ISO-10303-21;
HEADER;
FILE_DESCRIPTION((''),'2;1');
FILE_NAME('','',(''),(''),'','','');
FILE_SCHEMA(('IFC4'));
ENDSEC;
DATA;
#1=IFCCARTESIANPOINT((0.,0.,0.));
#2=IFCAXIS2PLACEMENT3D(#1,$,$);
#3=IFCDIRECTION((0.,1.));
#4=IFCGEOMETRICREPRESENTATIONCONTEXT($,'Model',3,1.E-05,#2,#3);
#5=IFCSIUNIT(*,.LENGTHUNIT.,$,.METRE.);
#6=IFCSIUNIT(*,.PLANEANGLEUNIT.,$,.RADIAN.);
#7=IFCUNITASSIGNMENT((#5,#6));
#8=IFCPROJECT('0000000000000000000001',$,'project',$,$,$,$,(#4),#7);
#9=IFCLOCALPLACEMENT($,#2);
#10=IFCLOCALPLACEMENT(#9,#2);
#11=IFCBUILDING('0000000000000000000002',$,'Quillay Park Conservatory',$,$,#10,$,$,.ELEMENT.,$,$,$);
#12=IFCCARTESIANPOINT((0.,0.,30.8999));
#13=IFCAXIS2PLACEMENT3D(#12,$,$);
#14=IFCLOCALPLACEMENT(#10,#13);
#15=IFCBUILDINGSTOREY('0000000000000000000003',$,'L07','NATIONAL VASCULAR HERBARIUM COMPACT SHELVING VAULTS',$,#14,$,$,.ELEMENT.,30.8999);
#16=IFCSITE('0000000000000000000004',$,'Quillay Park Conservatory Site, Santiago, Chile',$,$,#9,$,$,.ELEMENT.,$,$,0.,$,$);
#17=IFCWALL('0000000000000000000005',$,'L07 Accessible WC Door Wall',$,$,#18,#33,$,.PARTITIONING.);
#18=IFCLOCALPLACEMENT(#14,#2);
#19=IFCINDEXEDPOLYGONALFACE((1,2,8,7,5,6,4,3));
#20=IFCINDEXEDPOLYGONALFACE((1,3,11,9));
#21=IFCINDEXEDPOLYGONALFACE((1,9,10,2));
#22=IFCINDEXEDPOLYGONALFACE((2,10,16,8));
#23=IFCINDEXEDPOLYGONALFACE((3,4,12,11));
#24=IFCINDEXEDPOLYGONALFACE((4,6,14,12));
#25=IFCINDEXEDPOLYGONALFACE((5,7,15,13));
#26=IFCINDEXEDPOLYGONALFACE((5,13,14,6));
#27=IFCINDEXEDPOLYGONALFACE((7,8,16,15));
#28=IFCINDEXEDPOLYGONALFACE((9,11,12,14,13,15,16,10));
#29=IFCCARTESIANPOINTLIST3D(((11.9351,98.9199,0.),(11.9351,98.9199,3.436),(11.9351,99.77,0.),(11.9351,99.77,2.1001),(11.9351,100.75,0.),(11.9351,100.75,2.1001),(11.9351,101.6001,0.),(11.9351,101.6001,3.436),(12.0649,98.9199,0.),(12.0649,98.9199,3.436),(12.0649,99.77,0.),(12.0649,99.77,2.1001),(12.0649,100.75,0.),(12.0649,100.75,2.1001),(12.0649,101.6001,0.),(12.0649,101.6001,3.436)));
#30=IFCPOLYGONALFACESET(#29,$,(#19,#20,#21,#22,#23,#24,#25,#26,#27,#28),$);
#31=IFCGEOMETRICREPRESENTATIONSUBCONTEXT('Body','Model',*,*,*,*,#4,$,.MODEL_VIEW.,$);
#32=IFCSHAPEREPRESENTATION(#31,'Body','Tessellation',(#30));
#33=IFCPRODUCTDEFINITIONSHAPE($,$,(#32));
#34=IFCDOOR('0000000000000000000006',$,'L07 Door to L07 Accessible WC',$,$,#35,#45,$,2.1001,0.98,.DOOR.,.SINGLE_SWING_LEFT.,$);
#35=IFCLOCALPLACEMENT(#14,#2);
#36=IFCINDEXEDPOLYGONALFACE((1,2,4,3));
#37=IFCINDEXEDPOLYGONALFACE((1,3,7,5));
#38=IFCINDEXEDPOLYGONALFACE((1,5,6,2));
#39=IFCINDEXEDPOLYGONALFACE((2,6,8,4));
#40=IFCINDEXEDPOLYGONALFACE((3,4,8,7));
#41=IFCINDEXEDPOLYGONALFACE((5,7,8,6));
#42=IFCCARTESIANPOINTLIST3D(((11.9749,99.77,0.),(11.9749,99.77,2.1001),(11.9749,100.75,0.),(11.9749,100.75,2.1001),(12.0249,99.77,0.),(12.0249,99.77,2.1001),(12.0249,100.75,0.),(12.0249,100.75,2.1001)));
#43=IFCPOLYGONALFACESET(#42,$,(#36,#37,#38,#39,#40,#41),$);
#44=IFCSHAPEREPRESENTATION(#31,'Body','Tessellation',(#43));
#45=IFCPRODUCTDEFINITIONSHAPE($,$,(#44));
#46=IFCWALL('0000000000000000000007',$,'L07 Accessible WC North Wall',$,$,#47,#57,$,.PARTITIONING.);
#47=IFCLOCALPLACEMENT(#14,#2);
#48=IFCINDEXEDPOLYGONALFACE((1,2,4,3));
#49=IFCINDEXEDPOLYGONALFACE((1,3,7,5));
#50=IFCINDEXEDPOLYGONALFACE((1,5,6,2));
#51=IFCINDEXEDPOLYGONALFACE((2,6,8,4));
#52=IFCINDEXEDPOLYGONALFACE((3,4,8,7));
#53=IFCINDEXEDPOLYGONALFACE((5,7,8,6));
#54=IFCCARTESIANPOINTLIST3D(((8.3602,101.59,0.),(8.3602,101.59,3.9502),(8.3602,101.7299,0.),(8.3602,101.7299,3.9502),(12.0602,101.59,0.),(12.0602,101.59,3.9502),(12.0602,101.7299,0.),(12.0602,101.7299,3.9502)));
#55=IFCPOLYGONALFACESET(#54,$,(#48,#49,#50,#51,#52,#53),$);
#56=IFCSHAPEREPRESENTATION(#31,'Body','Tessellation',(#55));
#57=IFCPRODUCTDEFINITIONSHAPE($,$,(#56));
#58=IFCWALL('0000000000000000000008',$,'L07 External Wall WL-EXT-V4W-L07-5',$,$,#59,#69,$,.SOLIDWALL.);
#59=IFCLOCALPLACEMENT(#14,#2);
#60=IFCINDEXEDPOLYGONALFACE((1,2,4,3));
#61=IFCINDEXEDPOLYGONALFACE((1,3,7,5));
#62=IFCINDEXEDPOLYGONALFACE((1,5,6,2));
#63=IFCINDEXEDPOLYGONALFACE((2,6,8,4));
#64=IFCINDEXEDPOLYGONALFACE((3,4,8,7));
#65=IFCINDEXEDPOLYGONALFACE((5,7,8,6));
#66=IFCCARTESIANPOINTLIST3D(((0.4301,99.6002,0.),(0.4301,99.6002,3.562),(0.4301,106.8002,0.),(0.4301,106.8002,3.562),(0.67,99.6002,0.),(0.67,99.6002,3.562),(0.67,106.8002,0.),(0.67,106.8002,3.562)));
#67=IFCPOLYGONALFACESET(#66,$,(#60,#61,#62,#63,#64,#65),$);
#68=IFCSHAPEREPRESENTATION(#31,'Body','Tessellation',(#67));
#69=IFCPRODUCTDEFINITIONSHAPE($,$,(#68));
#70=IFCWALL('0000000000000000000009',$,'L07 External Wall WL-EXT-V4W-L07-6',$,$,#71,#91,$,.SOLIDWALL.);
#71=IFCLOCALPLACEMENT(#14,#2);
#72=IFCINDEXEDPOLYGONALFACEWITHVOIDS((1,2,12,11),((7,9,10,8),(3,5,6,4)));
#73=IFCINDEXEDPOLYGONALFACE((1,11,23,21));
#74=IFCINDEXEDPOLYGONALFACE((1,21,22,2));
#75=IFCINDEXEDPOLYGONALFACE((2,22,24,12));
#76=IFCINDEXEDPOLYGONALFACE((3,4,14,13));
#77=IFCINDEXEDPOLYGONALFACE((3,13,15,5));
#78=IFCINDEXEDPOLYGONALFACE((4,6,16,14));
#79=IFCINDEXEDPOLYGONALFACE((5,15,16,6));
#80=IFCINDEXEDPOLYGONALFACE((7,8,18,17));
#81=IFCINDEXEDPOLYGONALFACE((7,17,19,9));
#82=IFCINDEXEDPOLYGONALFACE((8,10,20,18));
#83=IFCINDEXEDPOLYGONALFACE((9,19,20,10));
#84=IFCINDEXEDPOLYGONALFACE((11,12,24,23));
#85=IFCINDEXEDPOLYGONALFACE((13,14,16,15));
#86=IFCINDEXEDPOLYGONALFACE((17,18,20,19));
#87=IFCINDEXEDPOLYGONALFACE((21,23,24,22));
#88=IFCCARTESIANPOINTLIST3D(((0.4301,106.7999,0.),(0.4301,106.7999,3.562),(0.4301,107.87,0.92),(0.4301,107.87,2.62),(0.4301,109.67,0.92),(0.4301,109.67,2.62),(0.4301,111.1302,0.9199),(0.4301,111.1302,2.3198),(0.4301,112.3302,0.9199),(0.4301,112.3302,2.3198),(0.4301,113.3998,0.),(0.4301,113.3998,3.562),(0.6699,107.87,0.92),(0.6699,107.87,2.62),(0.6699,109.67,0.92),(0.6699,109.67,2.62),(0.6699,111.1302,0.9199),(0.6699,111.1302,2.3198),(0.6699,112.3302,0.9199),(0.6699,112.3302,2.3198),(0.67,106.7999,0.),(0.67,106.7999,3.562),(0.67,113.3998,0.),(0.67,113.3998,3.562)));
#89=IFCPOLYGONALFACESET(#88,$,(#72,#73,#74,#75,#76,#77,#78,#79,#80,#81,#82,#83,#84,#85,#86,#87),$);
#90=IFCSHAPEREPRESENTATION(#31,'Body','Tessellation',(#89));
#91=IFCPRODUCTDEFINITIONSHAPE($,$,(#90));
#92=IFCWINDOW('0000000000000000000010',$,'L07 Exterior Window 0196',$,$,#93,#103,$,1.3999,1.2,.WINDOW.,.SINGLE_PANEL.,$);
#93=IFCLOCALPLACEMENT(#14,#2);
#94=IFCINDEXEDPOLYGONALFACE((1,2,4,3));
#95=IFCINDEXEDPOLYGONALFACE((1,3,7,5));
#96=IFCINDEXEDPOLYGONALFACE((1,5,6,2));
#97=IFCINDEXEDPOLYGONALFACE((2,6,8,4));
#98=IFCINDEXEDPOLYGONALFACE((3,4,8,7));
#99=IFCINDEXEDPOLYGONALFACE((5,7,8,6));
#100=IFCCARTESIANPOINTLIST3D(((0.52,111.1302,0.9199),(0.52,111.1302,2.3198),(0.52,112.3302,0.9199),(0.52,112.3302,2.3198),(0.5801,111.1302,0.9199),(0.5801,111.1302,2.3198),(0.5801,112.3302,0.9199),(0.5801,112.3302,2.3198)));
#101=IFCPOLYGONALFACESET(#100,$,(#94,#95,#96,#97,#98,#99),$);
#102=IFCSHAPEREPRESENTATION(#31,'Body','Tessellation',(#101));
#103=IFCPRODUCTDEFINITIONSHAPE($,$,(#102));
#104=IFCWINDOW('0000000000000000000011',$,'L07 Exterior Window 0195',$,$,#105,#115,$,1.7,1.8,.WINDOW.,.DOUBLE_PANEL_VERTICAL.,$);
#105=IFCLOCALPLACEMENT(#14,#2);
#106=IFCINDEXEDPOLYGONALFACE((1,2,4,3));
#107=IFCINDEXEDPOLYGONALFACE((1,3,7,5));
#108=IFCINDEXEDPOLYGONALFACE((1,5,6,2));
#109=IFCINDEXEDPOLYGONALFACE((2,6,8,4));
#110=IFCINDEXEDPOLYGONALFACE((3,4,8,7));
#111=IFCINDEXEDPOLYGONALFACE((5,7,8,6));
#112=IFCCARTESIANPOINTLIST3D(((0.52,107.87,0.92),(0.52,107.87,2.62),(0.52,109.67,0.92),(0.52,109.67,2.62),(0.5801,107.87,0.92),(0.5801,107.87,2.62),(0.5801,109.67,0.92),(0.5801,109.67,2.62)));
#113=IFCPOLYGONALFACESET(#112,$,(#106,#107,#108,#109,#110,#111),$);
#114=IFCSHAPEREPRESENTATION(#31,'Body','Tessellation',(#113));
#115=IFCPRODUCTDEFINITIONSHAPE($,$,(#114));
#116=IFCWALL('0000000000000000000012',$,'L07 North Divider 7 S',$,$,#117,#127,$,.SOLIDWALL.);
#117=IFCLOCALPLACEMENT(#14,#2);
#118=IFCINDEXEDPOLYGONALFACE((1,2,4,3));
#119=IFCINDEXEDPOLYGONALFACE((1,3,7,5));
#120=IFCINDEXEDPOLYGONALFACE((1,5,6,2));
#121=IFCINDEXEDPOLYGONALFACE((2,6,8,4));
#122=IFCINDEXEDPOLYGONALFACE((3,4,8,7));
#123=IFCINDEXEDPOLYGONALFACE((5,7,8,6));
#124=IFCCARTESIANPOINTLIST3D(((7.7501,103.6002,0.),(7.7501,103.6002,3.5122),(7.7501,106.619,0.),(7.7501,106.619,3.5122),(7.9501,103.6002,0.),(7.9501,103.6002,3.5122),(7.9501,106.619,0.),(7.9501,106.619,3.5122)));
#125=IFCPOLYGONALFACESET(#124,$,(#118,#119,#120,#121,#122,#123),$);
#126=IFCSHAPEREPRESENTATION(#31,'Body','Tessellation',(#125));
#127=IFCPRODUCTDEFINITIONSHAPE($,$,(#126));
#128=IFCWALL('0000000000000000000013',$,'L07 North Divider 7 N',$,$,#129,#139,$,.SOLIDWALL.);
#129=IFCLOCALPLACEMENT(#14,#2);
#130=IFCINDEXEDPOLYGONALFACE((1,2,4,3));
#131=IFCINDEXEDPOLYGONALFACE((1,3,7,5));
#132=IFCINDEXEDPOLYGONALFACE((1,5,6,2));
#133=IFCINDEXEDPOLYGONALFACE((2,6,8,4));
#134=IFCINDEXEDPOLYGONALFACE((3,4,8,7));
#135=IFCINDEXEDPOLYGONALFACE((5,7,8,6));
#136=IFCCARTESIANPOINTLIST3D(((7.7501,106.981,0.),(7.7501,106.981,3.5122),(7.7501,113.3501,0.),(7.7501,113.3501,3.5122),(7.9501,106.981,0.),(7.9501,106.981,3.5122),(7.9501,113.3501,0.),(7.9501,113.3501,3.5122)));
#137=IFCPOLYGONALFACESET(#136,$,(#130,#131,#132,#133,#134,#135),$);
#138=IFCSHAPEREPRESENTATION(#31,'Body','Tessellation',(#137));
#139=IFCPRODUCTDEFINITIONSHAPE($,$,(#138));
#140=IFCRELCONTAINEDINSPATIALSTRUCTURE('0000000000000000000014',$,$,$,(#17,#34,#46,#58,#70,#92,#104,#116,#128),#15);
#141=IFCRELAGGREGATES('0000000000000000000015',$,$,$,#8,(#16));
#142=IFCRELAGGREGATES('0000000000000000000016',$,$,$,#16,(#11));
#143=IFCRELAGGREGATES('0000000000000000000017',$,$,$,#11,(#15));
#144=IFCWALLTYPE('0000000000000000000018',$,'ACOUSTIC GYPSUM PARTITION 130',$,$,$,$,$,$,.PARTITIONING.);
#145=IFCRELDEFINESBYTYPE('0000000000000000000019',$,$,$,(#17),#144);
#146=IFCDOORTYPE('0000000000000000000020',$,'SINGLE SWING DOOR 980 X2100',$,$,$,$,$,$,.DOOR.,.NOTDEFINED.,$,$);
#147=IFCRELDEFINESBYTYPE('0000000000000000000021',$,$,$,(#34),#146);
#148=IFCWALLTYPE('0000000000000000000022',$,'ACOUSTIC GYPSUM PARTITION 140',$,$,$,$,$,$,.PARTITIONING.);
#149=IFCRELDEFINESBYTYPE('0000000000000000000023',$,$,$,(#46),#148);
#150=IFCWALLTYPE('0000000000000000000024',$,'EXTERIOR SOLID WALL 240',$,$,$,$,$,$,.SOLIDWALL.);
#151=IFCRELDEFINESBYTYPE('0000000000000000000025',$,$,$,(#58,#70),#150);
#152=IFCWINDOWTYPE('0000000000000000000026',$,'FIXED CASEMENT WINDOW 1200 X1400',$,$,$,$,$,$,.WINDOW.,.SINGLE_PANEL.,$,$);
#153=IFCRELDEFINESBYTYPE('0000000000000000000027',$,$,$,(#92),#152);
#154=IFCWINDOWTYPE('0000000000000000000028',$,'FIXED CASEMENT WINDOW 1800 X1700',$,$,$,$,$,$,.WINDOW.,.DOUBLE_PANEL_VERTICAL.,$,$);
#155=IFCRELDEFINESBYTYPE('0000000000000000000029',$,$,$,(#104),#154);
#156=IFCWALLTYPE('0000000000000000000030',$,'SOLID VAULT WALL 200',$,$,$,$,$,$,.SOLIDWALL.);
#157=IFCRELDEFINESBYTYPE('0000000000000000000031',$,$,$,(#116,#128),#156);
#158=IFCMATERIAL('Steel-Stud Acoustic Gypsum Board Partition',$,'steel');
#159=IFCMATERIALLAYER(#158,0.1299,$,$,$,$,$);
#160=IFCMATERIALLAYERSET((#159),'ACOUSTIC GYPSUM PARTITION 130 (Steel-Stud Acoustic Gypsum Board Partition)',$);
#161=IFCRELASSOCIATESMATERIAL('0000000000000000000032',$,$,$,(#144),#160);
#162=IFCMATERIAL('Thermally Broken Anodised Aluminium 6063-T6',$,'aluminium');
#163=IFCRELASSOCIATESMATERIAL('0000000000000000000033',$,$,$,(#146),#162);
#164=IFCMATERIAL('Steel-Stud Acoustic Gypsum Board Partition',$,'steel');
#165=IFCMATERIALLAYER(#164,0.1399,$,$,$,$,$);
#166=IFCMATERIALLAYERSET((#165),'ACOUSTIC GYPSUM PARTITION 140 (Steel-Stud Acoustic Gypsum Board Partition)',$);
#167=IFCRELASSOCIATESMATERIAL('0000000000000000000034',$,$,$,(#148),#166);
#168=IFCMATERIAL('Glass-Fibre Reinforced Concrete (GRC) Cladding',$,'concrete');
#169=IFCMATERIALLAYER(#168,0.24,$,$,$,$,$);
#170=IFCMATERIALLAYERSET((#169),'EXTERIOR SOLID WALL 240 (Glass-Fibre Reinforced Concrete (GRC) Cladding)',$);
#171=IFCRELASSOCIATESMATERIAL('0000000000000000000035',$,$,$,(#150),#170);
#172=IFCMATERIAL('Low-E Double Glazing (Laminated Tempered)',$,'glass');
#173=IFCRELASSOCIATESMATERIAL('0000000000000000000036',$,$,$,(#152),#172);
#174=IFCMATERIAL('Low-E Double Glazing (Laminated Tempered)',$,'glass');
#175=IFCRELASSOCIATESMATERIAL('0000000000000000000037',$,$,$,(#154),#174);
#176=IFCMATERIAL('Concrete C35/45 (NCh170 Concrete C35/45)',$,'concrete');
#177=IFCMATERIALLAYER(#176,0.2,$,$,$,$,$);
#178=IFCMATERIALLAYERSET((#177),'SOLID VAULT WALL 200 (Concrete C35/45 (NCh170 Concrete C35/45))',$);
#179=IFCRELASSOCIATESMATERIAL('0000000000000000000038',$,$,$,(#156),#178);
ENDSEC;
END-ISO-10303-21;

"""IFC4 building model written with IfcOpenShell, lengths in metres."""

from ifc_helpers import new_model, si_unit, direction, frame, frame_2d, origin, place, context, subcontext, project, spatial, rectangle, extrude, material, layer, layer_set, type_object, element, fill, save


model = new_model("IFC4")

# Units and contexts
model_context = context("Model", 3, precision=1e-05, world=origin(), true_north=direction((0.0, 1.0)))
body_context = subcontext(model_context, "Body", "Model", "MODEL_VIEW")
ifc_project = project(units=[si_unit("LENGTHUNIT", "METRE"), si_unit("PLANEANGLEUNIT", "RADIAN")], contexts=[model_context])

# Site, building, storey
site_placement = place(None, origin())
site = spatial("IfcSite", under=ifc_project, at=site_placement, Name="Quillay Park Conservatory Site, Santiago, Chile", CompositionType="ELEMENT", RefElevation=0.0)
building_placement = place(site_placement, origin())
building = spatial("IfcBuilding", under=site, at=building_placement, Name="Quillay Park Conservatory", CompositionType="ELEMENT")
storey_placement = place(building_placement, frame((0.0, 0.0, 30.8999)))
storey = spatial("IfcBuildingStorey", under=building, at=storey_placement, Name="L07", Description="NATIONAL VASCULAR HERBARIUM COMPACT SHELVING VAULTS", CompositionType="ELEMENT", Elevation=30.8999)

# Wall, opening, door
ifc_material_1 = material(Name="Steel-Stud Acoustic Gypsum Board Partition", Category="steel")
ifc_layer_1 = layer(ifc_material_1, 0.1299)
ifc_layer_set_1 = layer_set([ifc_layer_1], Name="ACOUSTIC GYPSUM PARTITION 130 (Steel-Stud Acoustic Gypsum Board Partition)")
wall_type_1 = type_object("IfcWallType", Name="ACOUSTIC GYPSUM PARTITION 130", PredefinedType="PARTITIONING", material=ifc_layer_set_1)
wall_1_placement = place(storey_placement, frame((12.0, 101.6001, 0.0), z_axis=(0.0, 0.0, 1.0), x_axis=(0.0, -1.0, 0.0)))
wall_1 = element("IfcWall", 1, at=wall_1_placement, inside=storey, type_object=wall_type_1, Name="L07 Accessible WC Door Wall", PredefinedType="PARTITIONING", context=body_context, shape_type="SweptSolid", body=[
    extrude(rectangle(XDim=2.6802, YDim=0.1299, at=frame_2d((1.3401, 0.0))), origin(), (0.0, 0.0, 1.0), 3.436),
])
opening_1_placement = place(wall_1_placement, frame((0.8501, 0.0, 0.0)))
opening_1 = element("IfcOpeningElement", 2, at=opening_1_placement, cuts=wall_1, PredefinedType="OPENING", context=body_context, shape_type="SweptSolid", body=[
    extrude(rectangle(XDim=0.98, YDim=2.1001, at=frame_2d((0.49, 1.05))), frame((0.0, 0.0649, 0.0), z_axis=(0.0, -1.0, 0.0), x_axis=(1.0, 0.0, 0.0)), (0.0, 0.0, 1.0), 0.1299),
])
ifc_material_2 = material(Name="Thermally Broken Anodised Aluminium 6063-T6", Category="aluminium")
door_type_1 = type_object("IfcDoorType", Name="SINGLE SWING DOOR 980 X2100", OperationType="NOTDEFINED", PredefinedType="DOOR", material=ifc_material_2)
door_1_placement = place(opening_1_placement, origin())
door_1 = element("IfcDoor", 3, at=door_1_placement, inside=storey, type_object=door_type_1, Name="L07 Door to L07 Accessible WC", OperationType="SINGLE_SWING_LEFT", OverallHeight=2.1001, OverallWidth=0.98, PredefinedType="DOOR", context=body_context, shape_type="SweptSolid", body=[
    extrude(rectangle(XDim=0.98, YDim=2.1001, at=frame_2d((0.49, 1.05))), frame((0.0, 0.0249, 0.0), z_axis=(0.0, -1.0, 0.0), x_axis=(1.0, 0.0, 0.0)), (0.0, 0.0, 1.0), 0.05),
])
fill(opening_1, door_1)

# Walls
ifc_material_3 = material(Name="Steel-Stud Acoustic Gypsum Board Partition", Category="steel")
ifc_layer_2 = layer(ifc_material_3, 0.1399)
ifc_layer_set_2 = layer_set([ifc_layer_2], Name="ACOUSTIC GYPSUM PARTITION 140 (Steel-Stud Acoustic Gypsum Board Partition)")
wall_type_2 = type_object("IfcWallType", Name="ACOUSTIC GYPSUM PARTITION 140", PredefinedType="PARTITIONING", material=ifc_layer_set_2)
wall_2_placement = place(storey_placement, frame((8.3601, 101.6599, 0.0), z_axis=(0.0, 0.0, 1.0), x_axis=(1.0, 0.0, 0.0)))
element("IfcWall", 4, at=wall_2_placement, inside=storey, type_object=wall_type_2, Name="L07 Accessible WC North Wall", PredefinedType="PARTITIONING", context=body_context, shape_type="SweptSolid", body=[
    extrude(rectangle(XDim=3.7, YDim=0.1399, at=frame_2d((1.8501, 0.0))), origin(), (0.0, 0.0, 1.0), 3.9502),
])
ifc_material_4 = material(Name="Glass-Fibre Reinforced Concrete (GRC) Cladding", Category="concrete")
ifc_layer_3 = layer(ifc_material_4, 0.24)
ifc_layer_set_3 = layer_set([ifc_layer_3], Name="EXTERIOR SOLID WALL 240 (Glass-Fibre Reinforced Concrete (GRC) Cladding)")
wall_type_3 = type_object("IfcWallType", Name="EXTERIOR SOLID WALL 240", PredefinedType="SOLIDWALL", material=ifc_layer_set_3)
wall_3_placement = place(storey_placement, frame((0.55, 99.6001, 0.0), z_axis=(0.0, 0.0, 1.0), x_axis=(0.0, 1.0, 0.0)))
element("IfcWall", 5, at=wall_3_placement, inside=storey, type_object=wall_type_3, Name="L07 External Wall WL-EXT-V4W-L07-5", PredefinedType="SOLIDWALL", context=body_context, shape_type="SweptSolid", body=[
    extrude(rectangle(XDim=7.2, YDim=0.24, at=frame_2d((3.6001, 0.0))), origin(), (0.0, 0.0, 1.0), 3.562),
])

# Wall, openings, windows
wall_4_placement = place(storey_placement, frame((0.55, 106.8, 0.0), z_axis=(0.0, 0.0, 1.0), x_axis=(0.0, 1.0, 0.0)))
wall_4 = element("IfcWall", 6, at=wall_4_placement, inside=storey, type_object=wall_type_3, Name="L07 External Wall WL-EXT-V4W-L07-6", PredefinedType="SOLIDWALL", context=body_context, shape_type="SweptSolid", body=[
    extrude(rectangle(XDim=6.5999, YDim=0.24, at=frame_2d((3.2998, 0.0))), origin(), (0.0, 0.0, 1.0), 3.562),
])
opening_2_placement = place(wall_4_placement, frame((1.0701, 0.0, 0.9199)))
opening_2 = element("IfcOpeningElement", 7, at=opening_2_placement, cuts=wall_4, PredefinedType="OPENING", context=body_context, shape_type="SweptSolid", body=[
    extrude(rectangle(XDim=1.8, YDim=1.7, at=frame_2d((0.8999, 0.8501))), frame((0.0, 0.1201, 0.0), z_axis=(0.0, -1.0, 0.0), x_axis=(1.0, 0.0, 0.0)), (0.0, 0.0, 1.0), 0.24),
])
opening_3_placement = place(wall_4_placement, frame((4.3301, 0.0, 0.9199)))
opening_3 = element("IfcOpeningElement", 8, at=opening_3_placement, cuts=wall_4, PredefinedType="OPENING", context=body_context, shape_type="SweptSolid", body=[
    extrude(rectangle(XDim=1.2, YDim=1.3999, at=frame_2d((0.6001, 0.7))), frame((0.0, 0.1201, 0.0), z_axis=(0.0, -1.0, 0.0), x_axis=(1.0, 0.0, 0.0)), (0.0, 0.0, 1.0), 0.24),
])
ifc_material_5 = material(Name="Low-E Double Glazing (Laminated Tempered)", Category="glass")
window_type_1 = type_object("IfcWindowType", Name="FIXED CASEMENT WINDOW 1200 X1400", PartitioningType="SINGLE_PANEL", PredefinedType="WINDOW", material=ifc_material_5)
window_1_placement = place(opening_3_placement, origin())
window_1 = element("IfcWindow", 9, at=window_1_placement, inside=storey, type_object=window_type_1, Name="L07 Exterior Window 0196", OverallHeight=1.3999, OverallWidth=1.2, PartitioningType="SINGLE_PANEL", PredefinedType="WINDOW", context=body_context, shape_type="SweptSolid", body=[
    extrude(rectangle(XDim=1.2, YDim=1.3999, at=frame_2d((0.6001, 0.7))), frame((0.0, 0.03, 0.0), z_axis=(0.0, -1.0, 0.0), x_axis=(1.0, 0.0, 0.0)), (0.0, 0.0, 1.0), 0.0601),
])
fill(opening_3, window_1)
ifc_material_6 = material(Name="Low-E Double Glazing (Laminated Tempered)", Category="glass")
window_type_2 = type_object("IfcWindowType", Name="FIXED CASEMENT WINDOW 1800 X1700", PartitioningType="DOUBLE_PANEL_VERTICAL", PredefinedType="WINDOW", material=ifc_material_6)
window_2_placement = place(opening_2_placement, origin())
window_2 = element("IfcWindow", 10, at=window_2_placement, inside=storey, type_object=window_type_2, Name="L07 Exterior Window 0195", OverallHeight=1.7, OverallWidth=1.8, PartitioningType="DOUBLE_PANEL_VERTICAL", PredefinedType="WINDOW", context=body_context, shape_type="SweptSolid", body=[
    extrude(rectangle(XDim=1.8, YDim=1.7, at=frame_2d((0.8999, 0.8501))), frame((0.0, 0.03, 0.0), z_axis=(0.0, -1.0, 0.0), x_axis=(1.0, 0.0, 0.0)), (0.0, 0.0, 1.0), 0.0601),
])
fill(opening_2, window_2)

# Shared definitions
ifc_material_7 = material(Name="Concrete C35/45 (NCh170 Concrete C35/45)", Category="concrete")
ifc_layer_4 = layer(ifc_material_7, 0.2)
ifc_layer_set_4 = layer_set([ifc_layer_4], Name="SOLID VAULT WALL 200 (Concrete C35/45 (NCh170 Concrete C35/45))")
wall_type_4 = type_object("IfcWallType", Name="SOLID VAULT WALL 200", PredefinedType="SOLIDWALL", material=ifc_layer_set_4)

# Walls
wall_5_placement = place(storey_placement, frame((7.8501, 106.6189, 0.0), z_axis=(0.0, 0.0, 1.0), x_axis=(0.0, -1.0, 0.0)))
element("IfcWall", 11, at=wall_5_placement, inside=storey, type_object=wall_type_4, Name="L07 North Divider 7 S", PredefinedType="SOLIDWALL", context=body_context, shape_type="SweptSolid", body=[
    extrude(rectangle(XDim=3.0188, YDim=0.2, at=frame_2d((1.5093, 0.0))), origin(), (0.0, 0.0, 1.0), 3.5122),
])
wall_6_placement = place(storey_placement, frame((7.8501, 113.3501, 0.0), z_axis=(0.0, 0.0, 1.0), x_axis=(0.0, -1.0, 0.0)))
element("IfcWall", 12, at=wall_6_placement, inside=storey, type_object=wall_type_4, Name="L07 North Divider 7 N", PredefinedType="SOLIDWALL", context=body_context, shape_type="SweptSolid", body=[
    extrude(rectangle(XDim=6.3691, YDim=0.2, at=frame_2d((3.1846, 0.0))), origin(), (0.0, 0.0, 1.0), 3.5122),
])

save(model, "model.ifc")
